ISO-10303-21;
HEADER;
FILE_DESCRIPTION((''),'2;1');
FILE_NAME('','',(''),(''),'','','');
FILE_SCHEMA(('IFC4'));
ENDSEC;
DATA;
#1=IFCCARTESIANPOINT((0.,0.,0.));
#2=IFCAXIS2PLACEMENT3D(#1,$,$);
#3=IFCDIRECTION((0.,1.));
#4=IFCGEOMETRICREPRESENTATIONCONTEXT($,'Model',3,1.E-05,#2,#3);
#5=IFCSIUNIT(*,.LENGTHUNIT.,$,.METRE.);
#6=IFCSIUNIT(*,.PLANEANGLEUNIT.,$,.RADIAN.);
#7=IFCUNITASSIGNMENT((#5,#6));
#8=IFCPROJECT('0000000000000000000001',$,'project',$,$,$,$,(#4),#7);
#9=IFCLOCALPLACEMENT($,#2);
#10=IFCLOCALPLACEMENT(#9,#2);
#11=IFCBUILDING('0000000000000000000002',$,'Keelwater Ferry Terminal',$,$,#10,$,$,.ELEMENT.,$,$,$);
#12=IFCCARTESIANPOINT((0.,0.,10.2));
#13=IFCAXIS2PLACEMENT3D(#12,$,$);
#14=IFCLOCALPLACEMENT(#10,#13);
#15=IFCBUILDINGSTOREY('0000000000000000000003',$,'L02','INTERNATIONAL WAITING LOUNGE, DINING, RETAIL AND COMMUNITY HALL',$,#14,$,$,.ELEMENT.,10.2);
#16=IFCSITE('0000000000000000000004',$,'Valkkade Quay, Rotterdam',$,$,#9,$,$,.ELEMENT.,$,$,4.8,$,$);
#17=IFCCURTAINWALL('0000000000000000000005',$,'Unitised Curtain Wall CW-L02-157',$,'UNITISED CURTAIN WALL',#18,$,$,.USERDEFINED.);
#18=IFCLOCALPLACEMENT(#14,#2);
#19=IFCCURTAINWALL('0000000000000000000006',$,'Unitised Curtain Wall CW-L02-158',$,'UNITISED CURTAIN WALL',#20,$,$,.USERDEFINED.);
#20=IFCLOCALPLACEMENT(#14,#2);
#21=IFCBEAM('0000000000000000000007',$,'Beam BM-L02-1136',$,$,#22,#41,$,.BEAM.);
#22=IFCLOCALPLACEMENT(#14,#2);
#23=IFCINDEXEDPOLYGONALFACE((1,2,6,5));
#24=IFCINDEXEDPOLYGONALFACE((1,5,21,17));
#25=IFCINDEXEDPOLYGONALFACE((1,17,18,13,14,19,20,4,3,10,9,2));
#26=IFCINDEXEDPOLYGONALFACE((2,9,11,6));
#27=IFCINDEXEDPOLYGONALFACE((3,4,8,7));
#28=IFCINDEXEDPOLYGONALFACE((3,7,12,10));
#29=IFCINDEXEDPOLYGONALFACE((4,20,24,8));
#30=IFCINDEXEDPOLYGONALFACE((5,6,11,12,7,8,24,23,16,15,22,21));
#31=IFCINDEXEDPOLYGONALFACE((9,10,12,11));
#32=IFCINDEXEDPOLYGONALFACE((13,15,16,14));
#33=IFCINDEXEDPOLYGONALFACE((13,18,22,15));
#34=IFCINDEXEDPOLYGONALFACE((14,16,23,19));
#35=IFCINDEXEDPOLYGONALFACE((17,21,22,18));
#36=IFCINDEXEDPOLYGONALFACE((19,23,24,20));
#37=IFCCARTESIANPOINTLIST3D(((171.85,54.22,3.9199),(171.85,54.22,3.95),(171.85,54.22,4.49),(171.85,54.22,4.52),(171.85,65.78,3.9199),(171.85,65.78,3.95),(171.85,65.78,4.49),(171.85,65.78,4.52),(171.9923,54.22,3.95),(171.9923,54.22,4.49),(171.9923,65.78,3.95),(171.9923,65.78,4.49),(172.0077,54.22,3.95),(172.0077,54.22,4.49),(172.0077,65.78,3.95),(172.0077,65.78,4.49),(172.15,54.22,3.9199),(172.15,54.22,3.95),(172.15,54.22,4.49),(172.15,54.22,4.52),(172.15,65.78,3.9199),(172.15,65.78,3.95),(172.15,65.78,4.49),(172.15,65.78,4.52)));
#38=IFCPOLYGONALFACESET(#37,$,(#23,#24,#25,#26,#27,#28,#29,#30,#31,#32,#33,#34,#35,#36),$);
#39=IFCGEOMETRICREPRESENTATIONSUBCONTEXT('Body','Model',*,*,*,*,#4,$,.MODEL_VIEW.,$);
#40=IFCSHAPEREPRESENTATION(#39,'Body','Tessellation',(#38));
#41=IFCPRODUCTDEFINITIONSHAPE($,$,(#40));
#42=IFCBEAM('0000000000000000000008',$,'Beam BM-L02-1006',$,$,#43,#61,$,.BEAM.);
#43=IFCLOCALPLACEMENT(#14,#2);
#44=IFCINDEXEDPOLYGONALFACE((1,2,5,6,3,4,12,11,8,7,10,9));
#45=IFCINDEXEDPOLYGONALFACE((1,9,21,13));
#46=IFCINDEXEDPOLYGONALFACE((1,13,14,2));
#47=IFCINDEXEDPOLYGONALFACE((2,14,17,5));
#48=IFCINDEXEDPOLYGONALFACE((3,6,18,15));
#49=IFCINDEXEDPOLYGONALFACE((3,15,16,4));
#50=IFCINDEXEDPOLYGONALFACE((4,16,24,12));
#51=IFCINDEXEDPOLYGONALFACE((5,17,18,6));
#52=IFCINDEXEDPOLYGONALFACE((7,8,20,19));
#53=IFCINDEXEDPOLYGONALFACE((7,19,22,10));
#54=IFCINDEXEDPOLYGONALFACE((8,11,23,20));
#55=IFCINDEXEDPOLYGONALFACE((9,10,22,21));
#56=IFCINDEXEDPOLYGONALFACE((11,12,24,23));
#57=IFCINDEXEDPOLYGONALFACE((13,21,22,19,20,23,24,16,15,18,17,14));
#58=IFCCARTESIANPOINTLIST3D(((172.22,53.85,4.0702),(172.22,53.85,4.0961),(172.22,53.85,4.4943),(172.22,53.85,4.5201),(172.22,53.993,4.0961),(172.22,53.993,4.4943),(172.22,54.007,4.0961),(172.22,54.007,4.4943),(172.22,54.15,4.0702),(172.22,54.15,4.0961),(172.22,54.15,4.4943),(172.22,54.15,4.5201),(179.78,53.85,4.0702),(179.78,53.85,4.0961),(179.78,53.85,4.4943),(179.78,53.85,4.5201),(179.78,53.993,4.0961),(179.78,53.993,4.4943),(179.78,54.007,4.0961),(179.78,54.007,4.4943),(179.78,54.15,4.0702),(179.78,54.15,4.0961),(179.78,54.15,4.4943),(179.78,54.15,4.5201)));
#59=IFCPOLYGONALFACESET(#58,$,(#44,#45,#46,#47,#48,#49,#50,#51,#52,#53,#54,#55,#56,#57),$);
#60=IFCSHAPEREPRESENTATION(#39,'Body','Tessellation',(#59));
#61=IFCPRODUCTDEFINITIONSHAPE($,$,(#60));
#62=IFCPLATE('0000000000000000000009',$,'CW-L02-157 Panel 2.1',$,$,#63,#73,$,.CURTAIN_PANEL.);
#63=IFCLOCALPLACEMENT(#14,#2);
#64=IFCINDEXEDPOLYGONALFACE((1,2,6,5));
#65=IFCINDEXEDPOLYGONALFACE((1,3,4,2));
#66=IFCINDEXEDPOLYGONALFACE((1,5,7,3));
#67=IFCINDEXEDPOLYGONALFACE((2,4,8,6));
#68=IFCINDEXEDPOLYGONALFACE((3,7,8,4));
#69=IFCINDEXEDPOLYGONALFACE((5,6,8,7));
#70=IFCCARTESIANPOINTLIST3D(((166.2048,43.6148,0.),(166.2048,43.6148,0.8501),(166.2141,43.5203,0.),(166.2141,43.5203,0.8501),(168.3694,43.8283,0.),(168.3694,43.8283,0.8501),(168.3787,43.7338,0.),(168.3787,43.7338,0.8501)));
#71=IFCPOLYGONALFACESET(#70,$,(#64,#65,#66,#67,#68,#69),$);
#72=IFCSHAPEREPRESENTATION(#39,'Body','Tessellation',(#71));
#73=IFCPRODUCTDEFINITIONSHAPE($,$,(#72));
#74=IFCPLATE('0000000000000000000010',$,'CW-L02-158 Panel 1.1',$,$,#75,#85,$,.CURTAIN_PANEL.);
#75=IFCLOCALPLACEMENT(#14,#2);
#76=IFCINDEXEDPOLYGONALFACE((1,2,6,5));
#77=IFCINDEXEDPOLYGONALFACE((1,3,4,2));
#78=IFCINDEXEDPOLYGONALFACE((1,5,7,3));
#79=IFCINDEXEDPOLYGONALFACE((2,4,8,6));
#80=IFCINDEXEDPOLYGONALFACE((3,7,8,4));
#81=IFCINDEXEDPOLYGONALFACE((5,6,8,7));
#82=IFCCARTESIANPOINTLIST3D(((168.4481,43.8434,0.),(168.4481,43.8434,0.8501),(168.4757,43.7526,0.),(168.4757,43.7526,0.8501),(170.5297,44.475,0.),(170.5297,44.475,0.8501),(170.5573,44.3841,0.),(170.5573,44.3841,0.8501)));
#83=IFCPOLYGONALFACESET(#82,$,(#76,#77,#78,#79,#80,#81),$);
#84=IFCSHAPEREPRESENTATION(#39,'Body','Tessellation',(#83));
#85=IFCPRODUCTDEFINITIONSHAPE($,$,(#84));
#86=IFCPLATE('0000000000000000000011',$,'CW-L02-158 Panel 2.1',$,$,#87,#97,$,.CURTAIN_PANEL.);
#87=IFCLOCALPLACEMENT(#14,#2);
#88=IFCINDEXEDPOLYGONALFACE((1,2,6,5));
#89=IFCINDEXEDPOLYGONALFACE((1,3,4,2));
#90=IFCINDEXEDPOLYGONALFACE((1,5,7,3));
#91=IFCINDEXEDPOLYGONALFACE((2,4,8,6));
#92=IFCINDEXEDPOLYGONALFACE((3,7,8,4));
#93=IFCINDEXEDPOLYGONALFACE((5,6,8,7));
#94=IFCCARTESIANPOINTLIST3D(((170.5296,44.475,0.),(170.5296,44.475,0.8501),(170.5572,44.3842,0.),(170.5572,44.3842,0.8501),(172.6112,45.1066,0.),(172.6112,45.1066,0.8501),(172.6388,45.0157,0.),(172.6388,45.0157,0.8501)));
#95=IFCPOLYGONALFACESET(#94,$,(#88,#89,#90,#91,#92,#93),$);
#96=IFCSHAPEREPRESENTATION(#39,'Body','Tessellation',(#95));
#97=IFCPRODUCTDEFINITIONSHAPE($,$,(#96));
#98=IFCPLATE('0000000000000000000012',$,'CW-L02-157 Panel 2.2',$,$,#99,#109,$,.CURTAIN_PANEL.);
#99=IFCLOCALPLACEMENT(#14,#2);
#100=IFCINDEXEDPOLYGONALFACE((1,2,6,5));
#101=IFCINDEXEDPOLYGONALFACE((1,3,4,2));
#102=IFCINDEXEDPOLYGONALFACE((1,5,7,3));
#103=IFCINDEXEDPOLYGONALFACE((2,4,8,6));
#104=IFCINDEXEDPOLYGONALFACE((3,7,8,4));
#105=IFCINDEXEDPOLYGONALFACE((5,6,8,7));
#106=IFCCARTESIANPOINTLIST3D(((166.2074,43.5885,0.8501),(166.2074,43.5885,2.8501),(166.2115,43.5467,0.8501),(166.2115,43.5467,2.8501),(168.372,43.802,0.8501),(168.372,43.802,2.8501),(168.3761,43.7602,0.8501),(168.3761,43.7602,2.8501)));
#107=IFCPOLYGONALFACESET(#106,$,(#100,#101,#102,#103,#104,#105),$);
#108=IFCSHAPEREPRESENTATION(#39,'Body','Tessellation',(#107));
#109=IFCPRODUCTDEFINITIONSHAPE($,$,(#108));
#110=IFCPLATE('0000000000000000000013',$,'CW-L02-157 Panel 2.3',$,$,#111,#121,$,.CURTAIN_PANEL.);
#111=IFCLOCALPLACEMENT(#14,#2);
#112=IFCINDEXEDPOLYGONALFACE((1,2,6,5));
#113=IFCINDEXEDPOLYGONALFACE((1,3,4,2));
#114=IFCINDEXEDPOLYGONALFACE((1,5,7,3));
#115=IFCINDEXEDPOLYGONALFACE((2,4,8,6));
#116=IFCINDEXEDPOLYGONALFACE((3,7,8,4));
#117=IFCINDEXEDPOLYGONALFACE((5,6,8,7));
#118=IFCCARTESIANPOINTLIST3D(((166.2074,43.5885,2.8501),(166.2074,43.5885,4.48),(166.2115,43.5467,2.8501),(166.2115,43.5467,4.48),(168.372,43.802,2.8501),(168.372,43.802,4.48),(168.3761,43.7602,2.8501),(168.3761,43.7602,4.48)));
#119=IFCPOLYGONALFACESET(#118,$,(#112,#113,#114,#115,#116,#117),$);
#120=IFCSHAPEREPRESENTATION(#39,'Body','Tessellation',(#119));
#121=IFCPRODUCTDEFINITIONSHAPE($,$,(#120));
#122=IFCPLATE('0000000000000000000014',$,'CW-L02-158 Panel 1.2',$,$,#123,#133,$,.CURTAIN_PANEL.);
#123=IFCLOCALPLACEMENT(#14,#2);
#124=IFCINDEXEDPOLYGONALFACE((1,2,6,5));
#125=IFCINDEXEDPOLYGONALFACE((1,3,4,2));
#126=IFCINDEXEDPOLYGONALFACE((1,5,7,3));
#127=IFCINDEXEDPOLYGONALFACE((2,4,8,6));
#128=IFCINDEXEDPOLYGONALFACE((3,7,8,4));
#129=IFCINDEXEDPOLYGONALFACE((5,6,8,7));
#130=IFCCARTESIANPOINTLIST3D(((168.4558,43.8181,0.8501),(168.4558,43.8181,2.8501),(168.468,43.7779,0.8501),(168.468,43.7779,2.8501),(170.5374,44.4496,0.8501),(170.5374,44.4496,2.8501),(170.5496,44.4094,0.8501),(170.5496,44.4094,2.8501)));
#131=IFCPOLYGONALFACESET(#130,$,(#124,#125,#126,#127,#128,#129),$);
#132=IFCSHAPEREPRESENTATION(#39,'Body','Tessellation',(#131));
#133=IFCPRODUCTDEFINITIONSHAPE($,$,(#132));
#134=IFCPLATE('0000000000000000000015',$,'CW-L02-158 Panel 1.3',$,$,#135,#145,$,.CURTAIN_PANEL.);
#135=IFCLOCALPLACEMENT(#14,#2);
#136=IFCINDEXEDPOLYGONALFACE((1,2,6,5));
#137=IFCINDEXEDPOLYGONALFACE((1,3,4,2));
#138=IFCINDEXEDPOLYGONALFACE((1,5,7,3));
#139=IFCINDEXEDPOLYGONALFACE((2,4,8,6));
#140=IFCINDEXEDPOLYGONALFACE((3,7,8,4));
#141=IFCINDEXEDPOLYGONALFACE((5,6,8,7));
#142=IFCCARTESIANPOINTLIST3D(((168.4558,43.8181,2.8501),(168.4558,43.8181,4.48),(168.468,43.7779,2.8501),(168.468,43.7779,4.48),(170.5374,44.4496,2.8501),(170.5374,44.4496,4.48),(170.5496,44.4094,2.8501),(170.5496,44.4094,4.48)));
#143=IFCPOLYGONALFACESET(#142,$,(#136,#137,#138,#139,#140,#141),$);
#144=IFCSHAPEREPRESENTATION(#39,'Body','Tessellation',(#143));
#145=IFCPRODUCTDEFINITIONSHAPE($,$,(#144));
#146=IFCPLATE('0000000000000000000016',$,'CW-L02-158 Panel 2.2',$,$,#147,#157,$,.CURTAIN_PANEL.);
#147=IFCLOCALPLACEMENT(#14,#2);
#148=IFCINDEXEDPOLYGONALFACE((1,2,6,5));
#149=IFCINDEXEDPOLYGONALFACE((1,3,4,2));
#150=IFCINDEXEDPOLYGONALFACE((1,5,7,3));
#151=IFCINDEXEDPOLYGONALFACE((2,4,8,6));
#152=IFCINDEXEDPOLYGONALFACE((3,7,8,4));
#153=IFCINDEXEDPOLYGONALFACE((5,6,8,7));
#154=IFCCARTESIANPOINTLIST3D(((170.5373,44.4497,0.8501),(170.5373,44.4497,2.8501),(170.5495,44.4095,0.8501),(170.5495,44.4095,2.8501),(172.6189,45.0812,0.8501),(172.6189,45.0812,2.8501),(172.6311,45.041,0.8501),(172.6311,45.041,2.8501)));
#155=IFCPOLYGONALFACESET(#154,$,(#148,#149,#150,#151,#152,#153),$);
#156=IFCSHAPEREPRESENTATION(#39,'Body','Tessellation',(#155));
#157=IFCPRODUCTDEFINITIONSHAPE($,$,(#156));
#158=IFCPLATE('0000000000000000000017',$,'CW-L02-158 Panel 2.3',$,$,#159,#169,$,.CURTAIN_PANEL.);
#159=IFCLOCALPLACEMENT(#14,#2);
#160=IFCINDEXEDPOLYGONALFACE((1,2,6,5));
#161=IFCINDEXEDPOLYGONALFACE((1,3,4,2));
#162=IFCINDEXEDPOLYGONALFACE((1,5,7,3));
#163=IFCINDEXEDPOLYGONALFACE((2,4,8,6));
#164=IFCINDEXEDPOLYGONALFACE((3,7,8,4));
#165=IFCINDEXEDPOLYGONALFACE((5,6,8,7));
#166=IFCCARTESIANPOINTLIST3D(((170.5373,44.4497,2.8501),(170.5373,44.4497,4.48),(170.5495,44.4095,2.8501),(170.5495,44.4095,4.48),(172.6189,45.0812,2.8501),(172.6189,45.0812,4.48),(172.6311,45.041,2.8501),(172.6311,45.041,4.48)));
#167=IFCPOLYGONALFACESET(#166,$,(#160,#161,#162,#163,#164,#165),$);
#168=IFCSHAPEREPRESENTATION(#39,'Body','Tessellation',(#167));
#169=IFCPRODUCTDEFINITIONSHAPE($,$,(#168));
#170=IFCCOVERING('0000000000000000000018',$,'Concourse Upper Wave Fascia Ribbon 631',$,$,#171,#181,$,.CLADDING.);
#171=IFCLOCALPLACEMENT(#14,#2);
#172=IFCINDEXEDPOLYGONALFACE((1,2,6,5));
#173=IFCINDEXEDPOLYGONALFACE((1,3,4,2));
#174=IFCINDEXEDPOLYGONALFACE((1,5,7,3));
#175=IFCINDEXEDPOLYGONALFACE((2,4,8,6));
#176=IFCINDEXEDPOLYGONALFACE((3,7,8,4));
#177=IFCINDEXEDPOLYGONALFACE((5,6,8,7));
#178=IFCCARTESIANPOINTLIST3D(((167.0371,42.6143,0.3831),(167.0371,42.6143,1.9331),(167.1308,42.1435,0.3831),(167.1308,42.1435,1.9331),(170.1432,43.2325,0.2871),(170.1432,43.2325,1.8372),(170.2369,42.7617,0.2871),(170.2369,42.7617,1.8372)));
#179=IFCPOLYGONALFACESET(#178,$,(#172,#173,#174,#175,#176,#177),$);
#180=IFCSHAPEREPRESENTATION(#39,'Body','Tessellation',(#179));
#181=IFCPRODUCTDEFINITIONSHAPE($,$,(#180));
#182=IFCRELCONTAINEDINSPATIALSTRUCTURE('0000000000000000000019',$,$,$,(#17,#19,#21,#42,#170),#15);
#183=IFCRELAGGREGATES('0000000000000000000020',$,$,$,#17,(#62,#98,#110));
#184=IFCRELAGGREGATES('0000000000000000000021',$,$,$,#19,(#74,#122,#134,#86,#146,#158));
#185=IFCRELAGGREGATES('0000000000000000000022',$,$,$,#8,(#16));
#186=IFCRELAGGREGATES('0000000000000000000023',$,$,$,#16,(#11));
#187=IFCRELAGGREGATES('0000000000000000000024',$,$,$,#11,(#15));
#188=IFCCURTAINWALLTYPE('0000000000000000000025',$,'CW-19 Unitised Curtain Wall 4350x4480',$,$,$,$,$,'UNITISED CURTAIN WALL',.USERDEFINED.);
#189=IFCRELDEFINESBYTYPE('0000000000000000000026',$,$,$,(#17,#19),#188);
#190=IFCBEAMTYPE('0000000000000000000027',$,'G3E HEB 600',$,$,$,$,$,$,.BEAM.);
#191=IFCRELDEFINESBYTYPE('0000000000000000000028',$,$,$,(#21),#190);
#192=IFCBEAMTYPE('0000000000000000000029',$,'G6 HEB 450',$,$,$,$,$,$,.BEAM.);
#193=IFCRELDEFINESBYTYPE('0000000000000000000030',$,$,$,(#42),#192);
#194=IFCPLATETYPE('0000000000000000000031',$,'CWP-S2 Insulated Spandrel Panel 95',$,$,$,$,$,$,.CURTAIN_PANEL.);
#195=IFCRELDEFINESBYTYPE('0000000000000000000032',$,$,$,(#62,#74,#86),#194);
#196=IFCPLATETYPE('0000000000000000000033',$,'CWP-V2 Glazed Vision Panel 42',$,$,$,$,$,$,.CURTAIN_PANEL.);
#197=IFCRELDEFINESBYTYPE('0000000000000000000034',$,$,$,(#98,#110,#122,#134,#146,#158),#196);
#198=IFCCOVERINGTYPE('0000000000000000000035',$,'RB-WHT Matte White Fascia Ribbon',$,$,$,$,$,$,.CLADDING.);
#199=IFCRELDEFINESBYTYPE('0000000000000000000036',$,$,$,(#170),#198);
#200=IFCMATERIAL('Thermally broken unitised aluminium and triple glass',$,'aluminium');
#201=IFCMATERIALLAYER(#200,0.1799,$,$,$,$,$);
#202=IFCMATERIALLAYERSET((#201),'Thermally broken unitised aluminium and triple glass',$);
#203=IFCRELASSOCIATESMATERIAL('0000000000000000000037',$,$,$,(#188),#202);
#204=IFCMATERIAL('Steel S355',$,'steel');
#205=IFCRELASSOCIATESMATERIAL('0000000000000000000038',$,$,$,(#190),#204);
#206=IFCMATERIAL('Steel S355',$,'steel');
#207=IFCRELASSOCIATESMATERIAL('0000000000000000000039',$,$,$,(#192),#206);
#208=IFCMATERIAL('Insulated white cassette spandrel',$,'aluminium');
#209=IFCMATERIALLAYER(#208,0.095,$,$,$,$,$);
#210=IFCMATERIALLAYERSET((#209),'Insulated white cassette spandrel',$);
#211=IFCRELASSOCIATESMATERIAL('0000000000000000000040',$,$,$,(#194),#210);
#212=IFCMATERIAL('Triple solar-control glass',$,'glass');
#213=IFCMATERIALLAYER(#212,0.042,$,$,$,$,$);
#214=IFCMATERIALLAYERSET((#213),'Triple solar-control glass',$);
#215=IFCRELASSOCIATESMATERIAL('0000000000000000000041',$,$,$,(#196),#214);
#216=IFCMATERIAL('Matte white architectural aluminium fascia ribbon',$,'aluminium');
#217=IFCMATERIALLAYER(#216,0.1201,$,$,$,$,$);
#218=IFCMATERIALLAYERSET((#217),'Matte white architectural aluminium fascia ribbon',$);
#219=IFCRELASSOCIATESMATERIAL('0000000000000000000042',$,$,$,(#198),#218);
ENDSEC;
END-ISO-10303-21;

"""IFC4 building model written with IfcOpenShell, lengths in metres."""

from ifc_helpers import new_model, si_unit, direction, frame, origin, origin_2d, place, context, subcontext, project, spatial, polyline, rectangle, i_section, outline, extrude, material, layer, layer_set, material_profile, profile_set, type_object, element, aggregate, save


model = new_model("IFC4")

# Units and contexts
model_context = context("Model", 3, precision=1e-05, world=origin(), true_north=direction((0.0, 1.0)))
body_context = subcontext(model_context, "Body", "Model", "MODEL_VIEW")
ifc_project = project(units=[si_unit("LENGTHUNIT", "METRE"), si_unit("PLANEANGLEUNIT", "RADIAN")], contexts=[model_context])

# Site, building, storey
site_placement = place(None, origin())
site = spatial("IfcSite", under=ifc_project, at=site_placement, Name="Valkkade Quay, Rotterdam", CompositionType="ELEMENT", RefElevation=4.8)
building_placement = place(site_placement, origin())
building = spatial("IfcBuilding", under=site, at=building_placement, Name="Keelwater Ferry Terminal", CompositionType="ELEMENT")
storey_placement = place(building_placement, frame((0.0, 0.0, 10.2)))
storey = spatial("IfcBuildingStorey", under=building, at=storey_placement, Name="L02", Description="INTERNATIONAL WAITING LOUNGE, DINING, RETAIL AND COMMUNITY HALL", CompositionType="ELEMENT", Elevation=10.2)

# Curtain wall
ifc_material_1 = material(Name="Thermally broken unitised aluminium and triple glass", Category="aluminium")
ifc_layer_1 = layer(ifc_material_1, 0.1799)
ifc_layer_set_1 = layer_set([ifc_layer_1], Name="Thermally broken unitised aluminium and triple glass")
curtain_wall_type = type_object("IfcCurtainWallType", Name="CW-19 Unitised Curtain Wall 4350x4480", ElementType="UNITISED CURTAIN WALL", PredefinedType="USERDEFINED", material=ifc_layer_set_1)
curtain_wall_1_placement = place(storey_placement, origin())
curtain_wall_1 = element("IfcCurtainWall", 1, at=curtain_wall_1_placement, inside=storey, type_object=curtain_wall_type, Name="Unitised Curtain Wall CW-L02-157", ObjectType="UNITISED CURTAIN WALL", PredefinedType="USERDEFINED")

# Curtain wall
curtain_wall_2_placement = place(storey_placement, origin())
curtain_wall_2 = element("IfcCurtainWall", 2, at=curtain_wall_2_placement, inside=storey, type_object=curtain_wall_type, Name="Unitised Curtain Wall CW-L02-158", ObjectType="UNITISED CURTAIN WALL", PredefinedType="USERDEFINED")

# Beams
ifc_material_2 = material(Name="Steel S355", Category="steel")
ifc_material_profile_1 = material_profile(ifc_material_2, i_section(OverallWidth=0.3, OverallDepth=0.6001, WebThickness=0.0154, FlangeThickness=0.03, at=origin_2d()), Name="HEB 600")
ifc_profile_set_1 = profile_set([ifc_material_profile_1], Name="Steel S355")
beam_type_1 = type_object("IfcBeamType", Name="G3E HEB 600", PredefinedType="BEAM", material=ifc_profile_set_1)
beam_1_placement = place(storey_placement, frame((172.0, 54.22, 4.22), z_axis=(0.0, 1.0, 0.0), x_axis=(-1.0, 0.0, 0.0)))
element("IfcBeam", 3, at=beam_1_placement, inside=storey, type_object=beam_type_1, Name="Beam BM-L02-1136", PredefinedType="BEAM", context=body_context, shape_type="SweptSolid", body=[
    extrude(i_section(OverallWidth=0.3, OverallDepth=0.6001, WebThickness=0.0154, FlangeThickness=0.03, at=origin_2d()), origin(), (0.0, 0.0, 1.0), 11.5601),
])
ifc_material_3 = material(Name="Steel S355", Category="steel")
ifc_material_profile_2 = material_profile(ifc_material_3, i_section(OverallWidth=0.3, OverallDepth=0.45, WebThickness=0.0139, FlangeThickness=0.0259, at=origin_2d()), Name="HEB 450")
ifc_profile_set_2 = profile_set([ifc_material_profile_2], Name="Steel S355")
beam_type_2 = type_object("IfcBeamType", Name="G6 HEB 450", PredefinedType="BEAM", material=ifc_profile_set_2)
beam_2_placement = place(storey_placement, frame((172.22, 54.0, 4.2952), z_axis=(1.0, 0.0, 0.0), x_axis=(0.0, 1.0, 0.0)))
element("IfcBeam", 4, at=beam_2_placement, inside=storey, type_object=beam_type_2, Name="Beam BM-L02-1006", PredefinedType="BEAM", context=body_context, shape_type="SweptSolid", body=[
    extrude(i_section(OverallWidth=0.3, OverallDepth=0.45, WebThickness=0.0139, FlangeThickness=0.0259, at=origin_2d()), origin(), (0.0, 0.0, 1.0), 7.5601),
])

# Plates
ifc_material_4 = material(Name="Insulated white cassette spandrel", Category="aluminium")
ifc_layer_2 = layer(ifc_material_4, 0.095)
ifc_layer_set_2 = layer_set([ifc_layer_2], Name="Insulated white cassette spandrel")
plate_type_1 = type_object("IfcPlateType", Name="CWP-S2 Insulated Spandrel Panel 95", PredefinedType="CURTAIN_PANEL", material=ifc_layer_set_2)
plate_1_placement = place(storey_placement, frame((167.2917, 43.6743, 0.0), z_axis=(0.0, 0.0, 1.0), x_axis=(0.995171, 0.098161, 0.0)))
plate_1 = element("IfcPlate", 5, at=plate_1_placement, type_object=plate_type_1, Name="CW-L02-157 Panel 2.1", PredefinedType="CURTAIN_PANEL", context=body_context, shape_type="SweptSolid", body=[
    extrude(rectangle(XDim=2.175, YDim=0.095, at=origin_2d()), origin(), (0.0, 0.0, 1.0), 0.8501),
])
plate_2_placement = place(storey_placement, frame((169.5027, 44.1138, 0.0), z_axis=(0.0, 0.0, 1.0), x_axis=(0.95693, 0.29032, 0.0)))
plate_2 = element("IfcPlate", 6, at=plate_2_placement, type_object=plate_type_1, Name="CW-L02-158 Panel 1.1", PredefinedType="CURTAIN_PANEL", context=body_context, shape_type="SweptSolid", body=[
    extrude(rectangle(XDim=2.1753, YDim=0.095, at=origin_2d()), origin(), (0.0, 0.0, 1.0), 0.8501),
])
plate_3_placement = place(storey_placement, frame((171.5842, 44.7454, 0.0), z_axis=(0.0, 0.0, 1.0), x_axis=(0.95693, 0.29032, 0.0)))
plate_3 = element("IfcPlate", 7, at=plate_3_placement, type_object=plate_type_1, Name="CW-L02-158 Panel 2.1", PredefinedType="CURTAIN_PANEL", context=body_context, shape_type="SweptSolid", body=[
    extrude(rectangle(XDim=2.1753, YDim=0.095, at=origin_2d()), origin(), (0.0, 0.0, 1.0), 0.8501),
])
ifc_material_5 = material(Name="Triple solar-control glass", Category="glass")
ifc_layer_3 = layer(ifc_material_5, 0.042)
ifc_layer_set_3 = layer_set([ifc_layer_3], Name="Triple solar-control glass")
plate_type_2 = type_object("IfcPlateType", Name="CWP-V2 Glazed Vision Panel 42", PredefinedType="CURTAIN_PANEL", material=ifc_layer_set_3)
plate_4_placement = place(storey_placement, frame((167.2917, 43.6743, 0.8501), z_axis=(0.0, 0.0, 1.0), x_axis=(0.995171, 0.098161, 0.0)))
plate_4 = element("IfcPlate", 8, at=plate_4_placement, type_object=plate_type_2, Name="CW-L02-157 Panel 2.2", PredefinedType="CURTAIN_PANEL", context=body_context, shape_type="SweptSolid", body=[
    extrude(rectangle(XDim=2.175, YDim=0.042, at=origin_2d()), origin(), (0.0, 0.0, 1.0), 2.0),
])
plate_5_placement = place(storey_placement, frame((167.2917, 43.6743, 2.8501), z_axis=(0.0, 0.0, 1.0), x_axis=(0.995171, 0.098161, 0.0)))
plate_5 = element("IfcPlate", 9, at=plate_5_placement, type_object=plate_type_2, Name="CW-L02-157 Panel 2.3", PredefinedType="CURTAIN_PANEL", context=body_context, shape_type="SweptSolid", body=[
    extrude(rectangle(XDim=2.175, YDim=0.042, at=origin_2d()), origin(), (0.0, 0.0, 1.0), 1.6299),
])
aggregate(curtain_wall_1, [plate_1, plate_4, plate_5])
plate_6_placement = place(storey_placement, frame((169.5027, 44.1138, 0.8501), z_axis=(0.0, 0.0, 1.0), x_axis=(0.95693, 0.29032, 0.0)))
plate_6 = element("IfcPlate", 10, at=plate_6_placement, type_object=plate_type_2, Name="CW-L02-158 Panel 1.2", PredefinedType="CURTAIN_PANEL", context=body_context, shape_type="SweptSolid", body=[
    extrude(rectangle(XDim=2.1753, YDim=0.042, at=origin_2d()), origin(), (0.0, 0.0, 1.0), 2.0),
])
plate_7_placement = place(storey_placement, frame((169.5027, 44.1138, 2.8501), z_axis=(0.0, 0.0, 1.0), x_axis=(0.95693, 0.29032, 0.0)))
plate_7 = element("IfcPlate", 11, at=plate_7_placement, type_object=plate_type_2, Name="CW-L02-158 Panel 1.3", PredefinedType="CURTAIN_PANEL", context=body_context, shape_type="SweptSolid", body=[
    extrude(rectangle(XDim=2.1753, YDim=0.042, at=origin_2d()), origin(), (0.0, 0.0, 1.0), 1.6299),
])
plate_8_placement = place(storey_placement, frame((171.5842, 44.7454, 0.8501), z_axis=(0.0, 0.0, 1.0), x_axis=(0.95693, 0.29032, 0.0)))
plate_8 = element("IfcPlate", 12, at=plate_8_placement, type_object=plate_type_2, Name="CW-L02-158 Panel 2.2", PredefinedType="CURTAIN_PANEL", context=body_context, shape_type="SweptSolid", body=[
    extrude(rectangle(XDim=2.1753, YDim=0.042, at=origin_2d()), origin(), (0.0, 0.0, 1.0), 2.0),
])
plate_9_placement = place(storey_placement, frame((171.5842, 44.7454, 2.8501), z_axis=(0.0, 0.0, 1.0), x_axis=(0.95693, 0.29032, 0.0)))
plate_9 = element("IfcPlate", 13, at=plate_9_placement, type_object=plate_type_2, Name="CW-L02-158 Panel 2.3", PredefinedType="CURTAIN_PANEL", context=body_context, shape_type="SweptSolid", body=[
    extrude(rectangle(XDim=2.1753, YDim=0.042, at=origin_2d()), origin(), (0.0, 0.0, 1.0), 1.6299),
])
aggregate(curtain_wall_2, [plate_2, plate_6, plate_7, plate_3, plate_8, plate_9])

# Covering
ifc_material_6 = material(Name="Matte white architectural aluminium fascia ribbon", Category="aluminium")
ifc_layer_4 = layer(ifc_material_6, 0.1201)
ifc_layer_set_4 = layer_set([ifc_layer_4], Name="Matte white architectural aluminium fascia ribbon")
covering_type = type_object("IfcCoveringType", Name="RB-WHT Matte White Fascia Ribbon", PredefinedType="CLADDING", material=ifc_layer_set_4)
covering_1_placement = place(storey_placement, frame((167.084, 42.3789, 0.2871), z_axis=(0.0, 0.0, 1.0), x_axis=(0.980764, 0.195197, 0.0)))
element("IfcCovering", 14, at=covering_1_placement, inside=storey, type_object=covering_type, Name="Concourse Upper Wave Fascia Ribbon 631", PredefinedType="CLADDING", context=body_context, shape_type="SweptSolid", body=[
    extrude(outline(polyline([(0.0, 0.0959), (3.167, 0.0), (3.167, 1.55), (0.0, 1.646), (0.0, 0.0959)])), frame((0.0, 0.24, 0.0), z_axis=(0.0, -1.0, 0.0), x_axis=(1.0, 0.0, 0.0)), (0.0, 0.0, 1.0), 0.48),
])

save(model, "model.ifc")
